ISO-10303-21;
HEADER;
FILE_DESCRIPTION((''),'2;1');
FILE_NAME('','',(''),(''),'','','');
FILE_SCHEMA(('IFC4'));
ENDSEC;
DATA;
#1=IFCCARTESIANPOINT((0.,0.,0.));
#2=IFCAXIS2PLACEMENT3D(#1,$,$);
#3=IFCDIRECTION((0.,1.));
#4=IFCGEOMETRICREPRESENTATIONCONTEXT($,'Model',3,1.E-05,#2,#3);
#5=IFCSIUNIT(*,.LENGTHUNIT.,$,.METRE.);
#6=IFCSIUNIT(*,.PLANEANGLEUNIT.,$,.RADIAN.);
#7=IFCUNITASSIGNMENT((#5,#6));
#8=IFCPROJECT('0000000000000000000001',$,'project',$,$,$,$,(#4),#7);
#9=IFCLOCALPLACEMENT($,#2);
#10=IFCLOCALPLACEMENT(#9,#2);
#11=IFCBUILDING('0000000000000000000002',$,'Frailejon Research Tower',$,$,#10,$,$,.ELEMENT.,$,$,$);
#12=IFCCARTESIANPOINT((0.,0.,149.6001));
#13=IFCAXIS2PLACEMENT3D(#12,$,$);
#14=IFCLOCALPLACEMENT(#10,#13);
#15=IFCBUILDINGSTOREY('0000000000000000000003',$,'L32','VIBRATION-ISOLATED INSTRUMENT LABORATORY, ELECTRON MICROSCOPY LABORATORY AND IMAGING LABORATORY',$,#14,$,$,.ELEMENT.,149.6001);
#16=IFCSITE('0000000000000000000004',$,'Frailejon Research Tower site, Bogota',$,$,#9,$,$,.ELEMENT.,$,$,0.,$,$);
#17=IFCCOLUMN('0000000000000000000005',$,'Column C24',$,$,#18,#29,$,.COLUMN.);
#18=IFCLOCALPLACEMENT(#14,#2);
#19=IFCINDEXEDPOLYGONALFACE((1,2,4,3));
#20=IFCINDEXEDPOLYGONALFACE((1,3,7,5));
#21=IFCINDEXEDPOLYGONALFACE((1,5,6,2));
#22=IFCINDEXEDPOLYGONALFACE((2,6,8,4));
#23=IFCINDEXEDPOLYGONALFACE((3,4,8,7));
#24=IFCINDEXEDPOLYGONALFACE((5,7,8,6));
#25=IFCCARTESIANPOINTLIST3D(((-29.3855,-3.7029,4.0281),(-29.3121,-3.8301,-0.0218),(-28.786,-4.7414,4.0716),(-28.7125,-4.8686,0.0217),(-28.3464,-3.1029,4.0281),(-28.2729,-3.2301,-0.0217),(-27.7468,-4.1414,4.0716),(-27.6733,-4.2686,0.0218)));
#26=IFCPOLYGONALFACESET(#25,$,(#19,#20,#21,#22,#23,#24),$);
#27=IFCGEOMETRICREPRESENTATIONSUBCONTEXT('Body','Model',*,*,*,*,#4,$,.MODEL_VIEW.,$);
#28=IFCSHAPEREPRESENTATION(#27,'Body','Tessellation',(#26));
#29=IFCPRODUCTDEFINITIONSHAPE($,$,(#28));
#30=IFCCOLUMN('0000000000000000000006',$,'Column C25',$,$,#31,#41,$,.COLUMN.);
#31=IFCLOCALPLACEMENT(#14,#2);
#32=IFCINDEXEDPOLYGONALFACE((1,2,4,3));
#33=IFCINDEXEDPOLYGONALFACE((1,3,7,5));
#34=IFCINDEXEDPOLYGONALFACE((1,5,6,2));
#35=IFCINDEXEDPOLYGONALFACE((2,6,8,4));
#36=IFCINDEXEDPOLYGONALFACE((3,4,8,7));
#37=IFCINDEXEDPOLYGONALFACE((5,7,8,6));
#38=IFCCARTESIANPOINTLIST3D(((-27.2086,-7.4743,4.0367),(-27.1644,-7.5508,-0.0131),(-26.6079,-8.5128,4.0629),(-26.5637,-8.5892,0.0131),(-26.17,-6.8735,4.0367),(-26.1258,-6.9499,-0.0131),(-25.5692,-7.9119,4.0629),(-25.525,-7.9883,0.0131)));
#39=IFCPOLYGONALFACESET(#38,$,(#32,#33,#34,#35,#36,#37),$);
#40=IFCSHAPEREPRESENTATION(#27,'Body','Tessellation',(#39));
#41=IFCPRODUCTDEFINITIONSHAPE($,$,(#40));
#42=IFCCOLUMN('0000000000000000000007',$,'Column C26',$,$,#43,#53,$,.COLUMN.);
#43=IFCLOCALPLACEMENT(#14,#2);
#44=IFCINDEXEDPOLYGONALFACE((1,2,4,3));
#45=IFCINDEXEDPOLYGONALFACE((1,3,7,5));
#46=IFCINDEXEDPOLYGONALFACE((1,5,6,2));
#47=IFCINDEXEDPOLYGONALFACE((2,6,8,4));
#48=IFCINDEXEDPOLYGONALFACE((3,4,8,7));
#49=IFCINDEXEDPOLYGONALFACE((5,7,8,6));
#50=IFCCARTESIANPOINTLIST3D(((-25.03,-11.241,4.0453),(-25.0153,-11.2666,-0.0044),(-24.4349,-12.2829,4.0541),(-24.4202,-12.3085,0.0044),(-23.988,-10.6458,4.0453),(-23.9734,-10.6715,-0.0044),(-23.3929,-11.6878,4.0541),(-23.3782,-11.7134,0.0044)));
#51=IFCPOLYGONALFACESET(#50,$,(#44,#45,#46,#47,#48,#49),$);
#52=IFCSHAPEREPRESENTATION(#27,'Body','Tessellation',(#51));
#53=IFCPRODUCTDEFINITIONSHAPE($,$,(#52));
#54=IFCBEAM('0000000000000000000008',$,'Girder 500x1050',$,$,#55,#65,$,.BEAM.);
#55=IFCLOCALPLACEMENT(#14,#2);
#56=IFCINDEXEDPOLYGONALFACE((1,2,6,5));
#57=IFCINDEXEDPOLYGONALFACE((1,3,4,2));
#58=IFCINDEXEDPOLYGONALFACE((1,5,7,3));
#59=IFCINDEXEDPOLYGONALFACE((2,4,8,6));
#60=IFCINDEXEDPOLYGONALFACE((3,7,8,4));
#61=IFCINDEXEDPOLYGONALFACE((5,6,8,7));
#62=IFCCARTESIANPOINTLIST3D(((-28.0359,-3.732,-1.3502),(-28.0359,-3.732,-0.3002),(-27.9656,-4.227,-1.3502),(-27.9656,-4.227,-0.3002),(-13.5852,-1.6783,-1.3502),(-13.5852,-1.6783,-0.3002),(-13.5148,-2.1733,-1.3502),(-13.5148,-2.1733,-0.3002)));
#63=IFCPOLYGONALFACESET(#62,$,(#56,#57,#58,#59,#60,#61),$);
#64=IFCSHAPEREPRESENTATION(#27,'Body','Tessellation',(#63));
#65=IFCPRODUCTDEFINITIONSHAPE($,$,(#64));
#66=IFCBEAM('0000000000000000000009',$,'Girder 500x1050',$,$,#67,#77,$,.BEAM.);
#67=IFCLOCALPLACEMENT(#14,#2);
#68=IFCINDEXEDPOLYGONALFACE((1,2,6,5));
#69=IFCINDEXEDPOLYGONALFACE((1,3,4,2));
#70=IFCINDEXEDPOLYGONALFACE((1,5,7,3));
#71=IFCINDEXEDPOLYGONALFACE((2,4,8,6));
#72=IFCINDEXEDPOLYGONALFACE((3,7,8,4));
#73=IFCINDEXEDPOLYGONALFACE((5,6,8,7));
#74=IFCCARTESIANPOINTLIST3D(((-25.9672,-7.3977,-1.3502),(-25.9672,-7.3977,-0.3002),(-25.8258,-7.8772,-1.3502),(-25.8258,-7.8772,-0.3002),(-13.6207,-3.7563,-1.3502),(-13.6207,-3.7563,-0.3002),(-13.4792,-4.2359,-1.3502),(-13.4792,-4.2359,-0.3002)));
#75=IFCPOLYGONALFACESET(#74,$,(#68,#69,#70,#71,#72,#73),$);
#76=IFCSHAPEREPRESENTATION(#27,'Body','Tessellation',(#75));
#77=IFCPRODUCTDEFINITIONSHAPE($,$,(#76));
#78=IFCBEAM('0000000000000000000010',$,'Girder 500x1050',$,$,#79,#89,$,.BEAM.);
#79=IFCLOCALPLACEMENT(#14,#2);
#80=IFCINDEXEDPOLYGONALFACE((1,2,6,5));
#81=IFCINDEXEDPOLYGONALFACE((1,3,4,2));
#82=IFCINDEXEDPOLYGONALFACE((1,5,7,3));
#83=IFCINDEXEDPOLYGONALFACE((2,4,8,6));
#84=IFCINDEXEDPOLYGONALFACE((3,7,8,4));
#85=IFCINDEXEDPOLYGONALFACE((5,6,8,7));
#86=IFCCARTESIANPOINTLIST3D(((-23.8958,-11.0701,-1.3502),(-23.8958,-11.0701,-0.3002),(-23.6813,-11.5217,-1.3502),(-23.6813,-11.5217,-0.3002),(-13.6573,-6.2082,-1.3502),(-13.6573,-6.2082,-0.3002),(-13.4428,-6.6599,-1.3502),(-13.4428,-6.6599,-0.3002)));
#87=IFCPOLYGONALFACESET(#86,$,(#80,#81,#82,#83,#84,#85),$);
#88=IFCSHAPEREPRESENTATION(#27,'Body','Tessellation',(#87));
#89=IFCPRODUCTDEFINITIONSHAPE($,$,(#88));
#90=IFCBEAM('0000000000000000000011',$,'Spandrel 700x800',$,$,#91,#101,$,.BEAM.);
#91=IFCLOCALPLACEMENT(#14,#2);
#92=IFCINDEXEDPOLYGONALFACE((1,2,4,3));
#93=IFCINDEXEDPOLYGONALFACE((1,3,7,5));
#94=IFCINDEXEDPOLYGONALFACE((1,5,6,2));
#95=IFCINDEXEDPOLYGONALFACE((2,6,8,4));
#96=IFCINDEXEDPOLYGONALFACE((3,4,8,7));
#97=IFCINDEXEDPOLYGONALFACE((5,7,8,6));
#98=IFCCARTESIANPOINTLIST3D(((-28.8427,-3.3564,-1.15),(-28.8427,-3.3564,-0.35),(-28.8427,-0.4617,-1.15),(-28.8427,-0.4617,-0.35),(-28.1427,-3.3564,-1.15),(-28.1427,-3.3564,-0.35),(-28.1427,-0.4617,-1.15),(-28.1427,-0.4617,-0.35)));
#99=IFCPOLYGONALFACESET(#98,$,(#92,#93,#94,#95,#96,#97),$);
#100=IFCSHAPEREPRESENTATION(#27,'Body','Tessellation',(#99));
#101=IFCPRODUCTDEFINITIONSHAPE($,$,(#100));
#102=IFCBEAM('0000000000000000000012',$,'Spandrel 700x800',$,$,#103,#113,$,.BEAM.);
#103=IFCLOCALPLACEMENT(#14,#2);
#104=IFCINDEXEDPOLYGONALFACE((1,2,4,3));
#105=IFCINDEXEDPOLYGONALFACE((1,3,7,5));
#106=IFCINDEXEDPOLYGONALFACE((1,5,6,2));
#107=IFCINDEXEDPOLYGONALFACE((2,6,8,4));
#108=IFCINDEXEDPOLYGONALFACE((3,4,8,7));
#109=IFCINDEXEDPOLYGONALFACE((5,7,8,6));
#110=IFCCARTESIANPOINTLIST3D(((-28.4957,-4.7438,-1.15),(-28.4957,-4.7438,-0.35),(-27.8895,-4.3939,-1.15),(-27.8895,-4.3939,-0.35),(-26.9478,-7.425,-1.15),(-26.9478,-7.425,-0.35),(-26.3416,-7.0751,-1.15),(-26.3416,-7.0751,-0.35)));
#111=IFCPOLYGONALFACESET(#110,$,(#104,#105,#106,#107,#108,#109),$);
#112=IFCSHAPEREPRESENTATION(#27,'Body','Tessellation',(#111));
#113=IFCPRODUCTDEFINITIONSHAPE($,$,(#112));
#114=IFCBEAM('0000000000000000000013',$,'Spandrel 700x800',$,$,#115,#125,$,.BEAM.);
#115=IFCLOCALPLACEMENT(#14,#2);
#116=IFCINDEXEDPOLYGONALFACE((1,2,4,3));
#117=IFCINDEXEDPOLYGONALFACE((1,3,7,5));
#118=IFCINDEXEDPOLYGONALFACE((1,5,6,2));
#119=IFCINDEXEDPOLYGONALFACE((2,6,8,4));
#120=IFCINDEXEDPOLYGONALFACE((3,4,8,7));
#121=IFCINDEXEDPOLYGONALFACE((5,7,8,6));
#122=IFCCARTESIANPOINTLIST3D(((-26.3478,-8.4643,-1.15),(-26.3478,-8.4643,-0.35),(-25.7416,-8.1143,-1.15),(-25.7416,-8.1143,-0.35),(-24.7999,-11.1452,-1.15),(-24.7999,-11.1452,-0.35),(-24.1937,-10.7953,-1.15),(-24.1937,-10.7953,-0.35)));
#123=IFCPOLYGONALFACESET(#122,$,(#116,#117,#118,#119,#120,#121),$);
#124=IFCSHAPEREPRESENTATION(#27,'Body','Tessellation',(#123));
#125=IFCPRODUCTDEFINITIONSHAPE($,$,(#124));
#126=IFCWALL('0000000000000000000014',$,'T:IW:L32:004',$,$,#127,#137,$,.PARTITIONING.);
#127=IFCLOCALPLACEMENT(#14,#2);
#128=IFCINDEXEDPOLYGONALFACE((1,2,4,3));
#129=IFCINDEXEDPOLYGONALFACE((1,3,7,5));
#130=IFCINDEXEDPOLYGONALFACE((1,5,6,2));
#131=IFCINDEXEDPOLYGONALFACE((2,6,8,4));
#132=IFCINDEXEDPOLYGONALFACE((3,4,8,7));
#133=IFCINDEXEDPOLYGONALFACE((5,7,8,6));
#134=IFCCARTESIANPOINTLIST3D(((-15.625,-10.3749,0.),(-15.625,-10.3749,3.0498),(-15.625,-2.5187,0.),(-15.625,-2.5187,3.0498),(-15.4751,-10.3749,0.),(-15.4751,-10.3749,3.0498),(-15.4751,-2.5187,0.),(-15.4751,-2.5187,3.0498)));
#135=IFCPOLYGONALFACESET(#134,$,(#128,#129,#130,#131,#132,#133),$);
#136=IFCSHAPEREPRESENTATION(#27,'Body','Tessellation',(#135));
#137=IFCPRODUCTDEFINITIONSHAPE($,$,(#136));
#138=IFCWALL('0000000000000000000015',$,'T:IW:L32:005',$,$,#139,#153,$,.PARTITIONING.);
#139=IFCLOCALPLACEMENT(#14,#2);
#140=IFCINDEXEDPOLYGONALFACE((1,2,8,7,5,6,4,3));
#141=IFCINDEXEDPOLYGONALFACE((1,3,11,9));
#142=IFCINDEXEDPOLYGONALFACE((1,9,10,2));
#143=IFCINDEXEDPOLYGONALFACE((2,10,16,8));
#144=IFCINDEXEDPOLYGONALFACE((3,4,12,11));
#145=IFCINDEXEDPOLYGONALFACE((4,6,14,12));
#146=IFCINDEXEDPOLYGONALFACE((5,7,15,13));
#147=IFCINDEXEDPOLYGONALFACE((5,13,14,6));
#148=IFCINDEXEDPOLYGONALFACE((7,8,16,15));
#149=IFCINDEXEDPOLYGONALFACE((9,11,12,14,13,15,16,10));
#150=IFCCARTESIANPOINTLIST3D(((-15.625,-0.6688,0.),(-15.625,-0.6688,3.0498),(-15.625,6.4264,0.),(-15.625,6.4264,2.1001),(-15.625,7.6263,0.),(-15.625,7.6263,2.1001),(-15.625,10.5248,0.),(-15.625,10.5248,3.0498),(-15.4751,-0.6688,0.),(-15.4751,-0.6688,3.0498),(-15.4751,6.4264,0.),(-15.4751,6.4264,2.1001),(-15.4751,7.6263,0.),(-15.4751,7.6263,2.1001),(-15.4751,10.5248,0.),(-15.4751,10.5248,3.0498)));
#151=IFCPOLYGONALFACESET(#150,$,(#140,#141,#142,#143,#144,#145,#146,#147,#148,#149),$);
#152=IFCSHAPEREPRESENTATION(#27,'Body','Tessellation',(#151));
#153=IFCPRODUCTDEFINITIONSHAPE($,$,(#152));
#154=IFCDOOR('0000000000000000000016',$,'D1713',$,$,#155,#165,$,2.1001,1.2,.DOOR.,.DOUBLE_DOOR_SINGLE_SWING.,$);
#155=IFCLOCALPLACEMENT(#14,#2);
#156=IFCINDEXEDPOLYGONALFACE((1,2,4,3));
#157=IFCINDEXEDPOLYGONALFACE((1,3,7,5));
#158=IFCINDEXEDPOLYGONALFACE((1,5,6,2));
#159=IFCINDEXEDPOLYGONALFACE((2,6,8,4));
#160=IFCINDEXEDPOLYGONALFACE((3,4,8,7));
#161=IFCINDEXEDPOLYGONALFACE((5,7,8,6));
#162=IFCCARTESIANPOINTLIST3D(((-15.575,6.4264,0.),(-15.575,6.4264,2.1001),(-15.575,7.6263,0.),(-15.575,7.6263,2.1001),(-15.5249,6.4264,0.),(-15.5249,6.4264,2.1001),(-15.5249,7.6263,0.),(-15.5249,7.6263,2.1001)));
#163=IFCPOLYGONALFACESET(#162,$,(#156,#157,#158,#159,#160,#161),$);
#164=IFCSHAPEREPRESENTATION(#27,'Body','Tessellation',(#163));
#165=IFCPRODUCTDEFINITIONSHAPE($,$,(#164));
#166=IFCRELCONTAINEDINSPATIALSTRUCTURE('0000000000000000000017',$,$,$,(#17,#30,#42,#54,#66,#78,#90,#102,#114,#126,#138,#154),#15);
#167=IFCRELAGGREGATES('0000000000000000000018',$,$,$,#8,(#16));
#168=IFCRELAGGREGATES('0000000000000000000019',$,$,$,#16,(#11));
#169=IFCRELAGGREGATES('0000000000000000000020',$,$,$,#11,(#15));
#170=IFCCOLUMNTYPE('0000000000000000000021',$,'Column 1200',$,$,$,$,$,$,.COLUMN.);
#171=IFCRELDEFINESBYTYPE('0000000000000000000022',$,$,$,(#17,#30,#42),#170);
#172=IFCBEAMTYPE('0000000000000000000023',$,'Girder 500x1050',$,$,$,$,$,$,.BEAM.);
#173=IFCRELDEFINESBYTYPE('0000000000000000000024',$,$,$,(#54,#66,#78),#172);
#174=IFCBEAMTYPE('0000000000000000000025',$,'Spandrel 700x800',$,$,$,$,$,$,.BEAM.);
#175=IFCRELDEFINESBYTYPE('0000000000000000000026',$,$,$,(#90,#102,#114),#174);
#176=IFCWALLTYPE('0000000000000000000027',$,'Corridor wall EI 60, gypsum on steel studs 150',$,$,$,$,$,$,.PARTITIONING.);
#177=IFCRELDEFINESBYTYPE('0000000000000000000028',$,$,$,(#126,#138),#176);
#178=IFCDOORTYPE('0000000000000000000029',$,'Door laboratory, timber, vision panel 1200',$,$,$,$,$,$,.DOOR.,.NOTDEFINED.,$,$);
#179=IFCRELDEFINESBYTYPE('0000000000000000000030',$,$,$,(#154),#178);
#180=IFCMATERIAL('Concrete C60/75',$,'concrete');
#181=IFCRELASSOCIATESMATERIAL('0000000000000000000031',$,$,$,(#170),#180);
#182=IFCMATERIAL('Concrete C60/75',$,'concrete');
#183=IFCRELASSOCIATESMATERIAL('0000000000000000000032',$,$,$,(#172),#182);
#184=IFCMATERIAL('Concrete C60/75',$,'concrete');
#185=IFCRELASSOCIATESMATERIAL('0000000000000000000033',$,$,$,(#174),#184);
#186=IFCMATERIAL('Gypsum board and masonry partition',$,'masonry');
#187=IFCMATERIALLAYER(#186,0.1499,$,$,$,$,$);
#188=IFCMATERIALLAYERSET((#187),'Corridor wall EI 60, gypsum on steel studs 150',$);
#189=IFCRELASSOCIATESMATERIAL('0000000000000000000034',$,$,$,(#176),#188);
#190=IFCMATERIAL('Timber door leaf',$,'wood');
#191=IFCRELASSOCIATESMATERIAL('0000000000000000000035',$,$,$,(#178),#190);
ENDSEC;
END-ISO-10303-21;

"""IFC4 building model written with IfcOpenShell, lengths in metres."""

from ifc_helpers import new_model, si_unit, direction, frame, frame_2d, origin, origin_2d, place, context, subcontext, project, spatial, rectangle, extrude, material, layer, layer_set, material_profile, profile_set, type_object, element, fill, save


model = new_model("IFC4")

# Units and contexts
model_context = context("Model", 3, precision=1e-05, world=origin(), true_north=direction((0.0, 1.0)))
body_context = subcontext(model_context, "Body", "Model", "MODEL_VIEW")
ifc_project = project(units=[si_unit("LENGTHUNIT", "METRE"), si_unit("PLANEANGLEUNIT", "RADIAN")], contexts=[model_context])

# Site, building, storey
site_placement = place(None, origin())
site = spatial("IfcSite", under=ifc_project, at=site_placement, Name="Frailejon Research Tower site, Bogota", CompositionType="ELEMENT", RefElevation=0.0)
building_placement = place(site_placement, origin())
building = spatial("IfcBuilding", under=site, at=building_placement, Name="Frailejon Research Tower", CompositionType="ELEMENT")
storey_placement = place(building_placement, frame((0.0, 0.0, 149.6001)))
storey = spatial("IfcBuildingStorey", under=building, at=storey_placement, Name="L32", Description="VIBRATION-ISOLATED INSTRUMENT LABORATORY, ELECTRON MICROSCOPY LABORATORY AND IMAGING LABORATORY", CompositionType="ELEMENT", Elevation=149.6001)

# Columns
ifc_material_1 = material(Name="Concrete C60/75", Category="concrete")
ifc_material_profile_1 = material_profile(ifc_material_1, rectangle(XDim=1.2, YDim=1.2, at=origin_2d()), Name="Column 1200")
ifc_profile_set_1 = profile_set([ifc_material_profile_1], Name="Concrete C60/75")
column_type = type_object("IfcColumnType", Name="Column 1200", PredefinedType="COLUMN", material=ifc_profile_set_1)
column_1_placement = place(storey_placement, frame((-28.4927, -4.0493, 0.0), z_axis=(-0.018134, 0.031388, 0.999343), x_axis=(0.499675, -0.865454, 0.036249)))
element("IfcColumn", 1, at=column_1_placement, inside=storey, type_object=column_type, Name="Column C24", PredefinedType="COLUMN", context=body_context, shape_type="SweptSolid", body=[
    extrude(rectangle(XDim=1.2, YDim=1.2, at=origin_2d()), origin(), (0.0, 0.0, 1.0), 4.0525),
])
column_2_placement = place(storey_placement, frame((-26.3447, -7.7695, 0.0), z_axis=(-0.010909, 0.018865, 0.999763), x_axis=(0.500638, -0.865382, 0.021792)))
element("IfcColumn", 2, at=column_2_placement, inside=storey, type_object=column_type, Name="Column C25", PredefinedType="COLUMN", context=body_context, shape_type="SweptSolid", body=[
    extrude(rectangle(XDim=1.2, YDim=1.2, at=origin_2d()), origin(), (0.0, 0.0, 1.0), 4.0508),
])
column_3_placement = place(storey_placement, frame((-24.1968, -11.49, 0.0), z_axis=(-0.003617, 0.00633, 0.999973), x_axis=(0.495951, -0.86832, 0.00729)))
element("IfcColumn", 3, at=column_3_placement, inside=storey, type_object=column_type, Name="Column C26", PredefinedType="COLUMN", context=body_context, shape_type="SweptSolid", body=[
    extrude(rectangle(XDim=1.2, YDim=1.2, at=origin_2d()), origin(), (0.0, 0.0, 1.0), 4.0498),
])

# Beams
ifc_material_2 = material(Name="Concrete C60/75", Category="concrete")
ifc_material_profile_2 = material_profile(ifc_material_2, rectangle(XDim=0.5, YDim=1.05, at=origin_2d()), Name="Girder 500x1050")
ifc_profile_set_2 = profile_set([ifc_material_profile_2], Name="Concrete C60/75")
beam_type_1 = type_object("IfcBeamType", Name="Girder 500x1050", PredefinedType="BEAM", material=ifc_profile_set_2)
beam_1_placement = place(storey_placement, frame((-28.0007, -3.9795, -0.8252), z_axis=(0.990052, 0.140705, 0.0), x_axis=(-0.140705, 0.990052, 0.0)))
element("IfcBeam", 4, at=beam_1_placement, inside=storey, type_object=beam_type_1, Name="Girder 500x1050", PredefinedType="BEAM", context=body_context, shape_type="SweptSolid", body=[
    extrude(rectangle(XDim=0.5, YDim=1.05, at=origin_2d()), origin(), (0.0, 0.0, 1.0), 14.5959),
])
beam_2_placement = place(storey_placement, frame((-25.8965, -7.6375, -0.8252), z_axis=(0.959154, 0.282885, 0.0), x_axis=(-0.282885, 0.959154, 0.0)))
element("IfcBeam", 5, at=beam_2_placement, inside=storey, type_object=beam_type_1, Name="Girder 500x1050", PredefinedType="BEAM", context=body_context, shape_type="SweptSolid", body=[
    extrude(rectangle(XDim=0.5, YDim=1.05, at=origin_2d()), origin(), (0.0, 0.0, 1.0), 12.8723),
])
beam_3_placement = place(storey_placement, frame((-23.7886, -11.2959, -0.8252), z_axis=(0.903328, 0.42895, 0.0), x_axis=(-0.42895, 0.903328, 0.0)))
element("IfcBeam", 6, at=beam_3_placement, inside=storey, type_object=beam_type_1, Name="Girder 500x1050", PredefinedType="BEAM", context=body_context, shape_type="SweptSolid", body=[
    extrude(rectangle(XDim=0.5, YDim=1.05, at=origin_2d()), origin(), (0.0, 0.0, 1.0), 11.3342),
])
ifc_material_3 = material(Name="Concrete C60/75", Category="concrete")
ifc_material_profile_3 = material_profile(ifc_material_3, rectangle(XDim=0.7, YDim=0.8, at=origin_2d()), Name="Spandrel 700x800")
ifc_profile_set_3 = profile_set([ifc_material_profile_3], Name="Concrete C60/75")
beam_type_2 = type_object("IfcBeamType", Name="Spandrel 700x800", PredefinedType="BEAM", material=ifc_profile_set_3)
beam_4_placement = place(storey_placement, frame((-28.4927, -0.4617, -0.75), z_axis=(0.0, -1.0, 0.0), x_axis=(1.0, 0.0, 0.0)))
element("IfcBeam", 7, at=beam_4_placement, inside=storey, type_object=beam_type_2, Name="Spandrel 700x800", PredefinedType="BEAM", context=body_context, shape_type="SweptSolid", body=[
    extrude(rectangle(XDim=0.7, YDim=0.8, at=origin_2d()), origin(), (0.0, 0.0, 1.0), 2.8948),
])
beam_5_placement = place(storey_placement, frame((-28.1926, -4.5688, -0.75), z_axis=(0.499973, -0.866041, 0.0), x_axis=(0.866041, 0.499973, 0.0)))
element("IfcBeam", 8, at=beam_5_placement, inside=storey, type_object=beam_type_2, Name="Spandrel 700x800", PredefinedType="BEAM", context=body_context, shape_type="SweptSolid", body=[
    extrude(rectangle(XDim=0.7, YDim=0.8, at=origin_2d()), origin(), (0.0, 0.0, 1.0), 3.0959),
])
beam_6_placement = place(storey_placement, frame((-26.0447, -8.2893, -0.75), z_axis=(0.500007, -0.866021, 0.0), x_axis=(0.866021, 0.500007, 0.0)))
element("IfcBeam", 9, at=beam_6_placement, inside=storey, type_object=beam_type_2, Name="Spandrel 700x800", PredefinedType="BEAM", context=body_context, shape_type="SweptSolid", body=[
    extrude(rectangle(XDim=0.7, YDim=0.8, at=origin_2d()), origin(), (0.0, 0.0, 1.0), 3.0957),
])

# Wall
ifc_material_4 = material(Name="Gypsum board and masonry partition", Category="masonry")
ifc_layer_1 = layer(ifc_material_4, 0.1499)
ifc_layer_set_1 = layer_set([ifc_layer_1], Name="Corridor wall EI 60, gypsum on steel studs 150")
wall_type_1 = type_object("IfcWallType", Name="Corridor wall EI 60, gypsum on steel studs 150", PredefinedType="PARTITIONING", material=ifc_layer_set_1)
wall_1_placement = place(storey_placement, frame((-15.55, -10.375, 0.0), z_axis=(0.0, 0.0, 1.0), x_axis=(0.0, 1.0, 0.0)))
element("IfcWall", 10, at=wall_1_placement, inside=storey, type_object=wall_type_1, Name="T:IW:L32:004", PredefinedType="PARTITIONING", context=body_context, shape_type="SweptSolid", body=[
    extrude(rectangle(XDim=7.8562, YDim=0.1499, at=frame_2d((3.9282, 0.0))), origin(), (0.0, 0.0, 1.0), 3.0498),
])

# Wall, opening, door
wall_2_placement = place(storey_placement, frame((-15.55, -0.6687, 0.0), z_axis=(0.0, 0.0, 1.0), x_axis=(0.0, 1.0, 0.0)))
wall_2 = element("IfcWall", 11, at=wall_2_placement, inside=storey, type_object=wall_type_1, Name="T:IW:L32:005", PredefinedType="PARTITIONING", context=body_context, shape_type="SweptSolid", body=[
    extrude(rectangle(XDim=11.1936, YDim=0.1499, at=frame_2d((5.5967, 0.0))), origin(), (0.0, 0.0, 1.0), 3.0498),
])
opening_1_placement = place(wall_2_placement, frame((7.095, 0.0, 0.0)))
opening_1 = element("IfcOpeningElement", 12, at=opening_1_placement, cuts=wall_2, PredefinedType="OPENING", context=body_context, shape_type="SweptSolid", body=[
    extrude(rectangle(XDim=1.2, YDim=2.1001, at=frame_2d((0.6001, 1.05))), frame((0.0, 0.085, 0.0), z_axis=(0.0, -1.0, 0.0), x_axis=(1.0, 0.0, 0.0)), (0.0, 0.0, 1.0), 0.1699),
])
ifc_material_5 = material(Name="Timber door leaf", Category="wood")
door_type_1 = type_object("IfcDoorType", Name="Door laboratory, timber, vision panel 1200", OperationType="NOTDEFINED", PredefinedType="DOOR", material=ifc_material_5)
door_1_placement = place(opening_1_placement, origin())
door_1 = element("IfcDoor", 13, at=door_1_placement, inside=storey, type_object=door_type_1, Name="D1713", OperationType="DOUBLE_DOOR_SINGLE_SWING", OverallHeight=2.1001, OverallWidth=1.2, PredefinedType="DOOR", context=body_context, shape_type="SweptSolid", body=[
    extrude(rectangle(XDim=1.2, YDim=2.1001, at=frame_2d((0.6001, 1.05))), frame((0.0, 0.0249, 0.0), z_axis=(0.0, -1.0, 0.0), x_axis=(1.0, 0.0, 0.0)), (0.0, 0.0, 1.0), 0.05),
])
fill(opening_1, door_1)

save(model, "model.ifc")
